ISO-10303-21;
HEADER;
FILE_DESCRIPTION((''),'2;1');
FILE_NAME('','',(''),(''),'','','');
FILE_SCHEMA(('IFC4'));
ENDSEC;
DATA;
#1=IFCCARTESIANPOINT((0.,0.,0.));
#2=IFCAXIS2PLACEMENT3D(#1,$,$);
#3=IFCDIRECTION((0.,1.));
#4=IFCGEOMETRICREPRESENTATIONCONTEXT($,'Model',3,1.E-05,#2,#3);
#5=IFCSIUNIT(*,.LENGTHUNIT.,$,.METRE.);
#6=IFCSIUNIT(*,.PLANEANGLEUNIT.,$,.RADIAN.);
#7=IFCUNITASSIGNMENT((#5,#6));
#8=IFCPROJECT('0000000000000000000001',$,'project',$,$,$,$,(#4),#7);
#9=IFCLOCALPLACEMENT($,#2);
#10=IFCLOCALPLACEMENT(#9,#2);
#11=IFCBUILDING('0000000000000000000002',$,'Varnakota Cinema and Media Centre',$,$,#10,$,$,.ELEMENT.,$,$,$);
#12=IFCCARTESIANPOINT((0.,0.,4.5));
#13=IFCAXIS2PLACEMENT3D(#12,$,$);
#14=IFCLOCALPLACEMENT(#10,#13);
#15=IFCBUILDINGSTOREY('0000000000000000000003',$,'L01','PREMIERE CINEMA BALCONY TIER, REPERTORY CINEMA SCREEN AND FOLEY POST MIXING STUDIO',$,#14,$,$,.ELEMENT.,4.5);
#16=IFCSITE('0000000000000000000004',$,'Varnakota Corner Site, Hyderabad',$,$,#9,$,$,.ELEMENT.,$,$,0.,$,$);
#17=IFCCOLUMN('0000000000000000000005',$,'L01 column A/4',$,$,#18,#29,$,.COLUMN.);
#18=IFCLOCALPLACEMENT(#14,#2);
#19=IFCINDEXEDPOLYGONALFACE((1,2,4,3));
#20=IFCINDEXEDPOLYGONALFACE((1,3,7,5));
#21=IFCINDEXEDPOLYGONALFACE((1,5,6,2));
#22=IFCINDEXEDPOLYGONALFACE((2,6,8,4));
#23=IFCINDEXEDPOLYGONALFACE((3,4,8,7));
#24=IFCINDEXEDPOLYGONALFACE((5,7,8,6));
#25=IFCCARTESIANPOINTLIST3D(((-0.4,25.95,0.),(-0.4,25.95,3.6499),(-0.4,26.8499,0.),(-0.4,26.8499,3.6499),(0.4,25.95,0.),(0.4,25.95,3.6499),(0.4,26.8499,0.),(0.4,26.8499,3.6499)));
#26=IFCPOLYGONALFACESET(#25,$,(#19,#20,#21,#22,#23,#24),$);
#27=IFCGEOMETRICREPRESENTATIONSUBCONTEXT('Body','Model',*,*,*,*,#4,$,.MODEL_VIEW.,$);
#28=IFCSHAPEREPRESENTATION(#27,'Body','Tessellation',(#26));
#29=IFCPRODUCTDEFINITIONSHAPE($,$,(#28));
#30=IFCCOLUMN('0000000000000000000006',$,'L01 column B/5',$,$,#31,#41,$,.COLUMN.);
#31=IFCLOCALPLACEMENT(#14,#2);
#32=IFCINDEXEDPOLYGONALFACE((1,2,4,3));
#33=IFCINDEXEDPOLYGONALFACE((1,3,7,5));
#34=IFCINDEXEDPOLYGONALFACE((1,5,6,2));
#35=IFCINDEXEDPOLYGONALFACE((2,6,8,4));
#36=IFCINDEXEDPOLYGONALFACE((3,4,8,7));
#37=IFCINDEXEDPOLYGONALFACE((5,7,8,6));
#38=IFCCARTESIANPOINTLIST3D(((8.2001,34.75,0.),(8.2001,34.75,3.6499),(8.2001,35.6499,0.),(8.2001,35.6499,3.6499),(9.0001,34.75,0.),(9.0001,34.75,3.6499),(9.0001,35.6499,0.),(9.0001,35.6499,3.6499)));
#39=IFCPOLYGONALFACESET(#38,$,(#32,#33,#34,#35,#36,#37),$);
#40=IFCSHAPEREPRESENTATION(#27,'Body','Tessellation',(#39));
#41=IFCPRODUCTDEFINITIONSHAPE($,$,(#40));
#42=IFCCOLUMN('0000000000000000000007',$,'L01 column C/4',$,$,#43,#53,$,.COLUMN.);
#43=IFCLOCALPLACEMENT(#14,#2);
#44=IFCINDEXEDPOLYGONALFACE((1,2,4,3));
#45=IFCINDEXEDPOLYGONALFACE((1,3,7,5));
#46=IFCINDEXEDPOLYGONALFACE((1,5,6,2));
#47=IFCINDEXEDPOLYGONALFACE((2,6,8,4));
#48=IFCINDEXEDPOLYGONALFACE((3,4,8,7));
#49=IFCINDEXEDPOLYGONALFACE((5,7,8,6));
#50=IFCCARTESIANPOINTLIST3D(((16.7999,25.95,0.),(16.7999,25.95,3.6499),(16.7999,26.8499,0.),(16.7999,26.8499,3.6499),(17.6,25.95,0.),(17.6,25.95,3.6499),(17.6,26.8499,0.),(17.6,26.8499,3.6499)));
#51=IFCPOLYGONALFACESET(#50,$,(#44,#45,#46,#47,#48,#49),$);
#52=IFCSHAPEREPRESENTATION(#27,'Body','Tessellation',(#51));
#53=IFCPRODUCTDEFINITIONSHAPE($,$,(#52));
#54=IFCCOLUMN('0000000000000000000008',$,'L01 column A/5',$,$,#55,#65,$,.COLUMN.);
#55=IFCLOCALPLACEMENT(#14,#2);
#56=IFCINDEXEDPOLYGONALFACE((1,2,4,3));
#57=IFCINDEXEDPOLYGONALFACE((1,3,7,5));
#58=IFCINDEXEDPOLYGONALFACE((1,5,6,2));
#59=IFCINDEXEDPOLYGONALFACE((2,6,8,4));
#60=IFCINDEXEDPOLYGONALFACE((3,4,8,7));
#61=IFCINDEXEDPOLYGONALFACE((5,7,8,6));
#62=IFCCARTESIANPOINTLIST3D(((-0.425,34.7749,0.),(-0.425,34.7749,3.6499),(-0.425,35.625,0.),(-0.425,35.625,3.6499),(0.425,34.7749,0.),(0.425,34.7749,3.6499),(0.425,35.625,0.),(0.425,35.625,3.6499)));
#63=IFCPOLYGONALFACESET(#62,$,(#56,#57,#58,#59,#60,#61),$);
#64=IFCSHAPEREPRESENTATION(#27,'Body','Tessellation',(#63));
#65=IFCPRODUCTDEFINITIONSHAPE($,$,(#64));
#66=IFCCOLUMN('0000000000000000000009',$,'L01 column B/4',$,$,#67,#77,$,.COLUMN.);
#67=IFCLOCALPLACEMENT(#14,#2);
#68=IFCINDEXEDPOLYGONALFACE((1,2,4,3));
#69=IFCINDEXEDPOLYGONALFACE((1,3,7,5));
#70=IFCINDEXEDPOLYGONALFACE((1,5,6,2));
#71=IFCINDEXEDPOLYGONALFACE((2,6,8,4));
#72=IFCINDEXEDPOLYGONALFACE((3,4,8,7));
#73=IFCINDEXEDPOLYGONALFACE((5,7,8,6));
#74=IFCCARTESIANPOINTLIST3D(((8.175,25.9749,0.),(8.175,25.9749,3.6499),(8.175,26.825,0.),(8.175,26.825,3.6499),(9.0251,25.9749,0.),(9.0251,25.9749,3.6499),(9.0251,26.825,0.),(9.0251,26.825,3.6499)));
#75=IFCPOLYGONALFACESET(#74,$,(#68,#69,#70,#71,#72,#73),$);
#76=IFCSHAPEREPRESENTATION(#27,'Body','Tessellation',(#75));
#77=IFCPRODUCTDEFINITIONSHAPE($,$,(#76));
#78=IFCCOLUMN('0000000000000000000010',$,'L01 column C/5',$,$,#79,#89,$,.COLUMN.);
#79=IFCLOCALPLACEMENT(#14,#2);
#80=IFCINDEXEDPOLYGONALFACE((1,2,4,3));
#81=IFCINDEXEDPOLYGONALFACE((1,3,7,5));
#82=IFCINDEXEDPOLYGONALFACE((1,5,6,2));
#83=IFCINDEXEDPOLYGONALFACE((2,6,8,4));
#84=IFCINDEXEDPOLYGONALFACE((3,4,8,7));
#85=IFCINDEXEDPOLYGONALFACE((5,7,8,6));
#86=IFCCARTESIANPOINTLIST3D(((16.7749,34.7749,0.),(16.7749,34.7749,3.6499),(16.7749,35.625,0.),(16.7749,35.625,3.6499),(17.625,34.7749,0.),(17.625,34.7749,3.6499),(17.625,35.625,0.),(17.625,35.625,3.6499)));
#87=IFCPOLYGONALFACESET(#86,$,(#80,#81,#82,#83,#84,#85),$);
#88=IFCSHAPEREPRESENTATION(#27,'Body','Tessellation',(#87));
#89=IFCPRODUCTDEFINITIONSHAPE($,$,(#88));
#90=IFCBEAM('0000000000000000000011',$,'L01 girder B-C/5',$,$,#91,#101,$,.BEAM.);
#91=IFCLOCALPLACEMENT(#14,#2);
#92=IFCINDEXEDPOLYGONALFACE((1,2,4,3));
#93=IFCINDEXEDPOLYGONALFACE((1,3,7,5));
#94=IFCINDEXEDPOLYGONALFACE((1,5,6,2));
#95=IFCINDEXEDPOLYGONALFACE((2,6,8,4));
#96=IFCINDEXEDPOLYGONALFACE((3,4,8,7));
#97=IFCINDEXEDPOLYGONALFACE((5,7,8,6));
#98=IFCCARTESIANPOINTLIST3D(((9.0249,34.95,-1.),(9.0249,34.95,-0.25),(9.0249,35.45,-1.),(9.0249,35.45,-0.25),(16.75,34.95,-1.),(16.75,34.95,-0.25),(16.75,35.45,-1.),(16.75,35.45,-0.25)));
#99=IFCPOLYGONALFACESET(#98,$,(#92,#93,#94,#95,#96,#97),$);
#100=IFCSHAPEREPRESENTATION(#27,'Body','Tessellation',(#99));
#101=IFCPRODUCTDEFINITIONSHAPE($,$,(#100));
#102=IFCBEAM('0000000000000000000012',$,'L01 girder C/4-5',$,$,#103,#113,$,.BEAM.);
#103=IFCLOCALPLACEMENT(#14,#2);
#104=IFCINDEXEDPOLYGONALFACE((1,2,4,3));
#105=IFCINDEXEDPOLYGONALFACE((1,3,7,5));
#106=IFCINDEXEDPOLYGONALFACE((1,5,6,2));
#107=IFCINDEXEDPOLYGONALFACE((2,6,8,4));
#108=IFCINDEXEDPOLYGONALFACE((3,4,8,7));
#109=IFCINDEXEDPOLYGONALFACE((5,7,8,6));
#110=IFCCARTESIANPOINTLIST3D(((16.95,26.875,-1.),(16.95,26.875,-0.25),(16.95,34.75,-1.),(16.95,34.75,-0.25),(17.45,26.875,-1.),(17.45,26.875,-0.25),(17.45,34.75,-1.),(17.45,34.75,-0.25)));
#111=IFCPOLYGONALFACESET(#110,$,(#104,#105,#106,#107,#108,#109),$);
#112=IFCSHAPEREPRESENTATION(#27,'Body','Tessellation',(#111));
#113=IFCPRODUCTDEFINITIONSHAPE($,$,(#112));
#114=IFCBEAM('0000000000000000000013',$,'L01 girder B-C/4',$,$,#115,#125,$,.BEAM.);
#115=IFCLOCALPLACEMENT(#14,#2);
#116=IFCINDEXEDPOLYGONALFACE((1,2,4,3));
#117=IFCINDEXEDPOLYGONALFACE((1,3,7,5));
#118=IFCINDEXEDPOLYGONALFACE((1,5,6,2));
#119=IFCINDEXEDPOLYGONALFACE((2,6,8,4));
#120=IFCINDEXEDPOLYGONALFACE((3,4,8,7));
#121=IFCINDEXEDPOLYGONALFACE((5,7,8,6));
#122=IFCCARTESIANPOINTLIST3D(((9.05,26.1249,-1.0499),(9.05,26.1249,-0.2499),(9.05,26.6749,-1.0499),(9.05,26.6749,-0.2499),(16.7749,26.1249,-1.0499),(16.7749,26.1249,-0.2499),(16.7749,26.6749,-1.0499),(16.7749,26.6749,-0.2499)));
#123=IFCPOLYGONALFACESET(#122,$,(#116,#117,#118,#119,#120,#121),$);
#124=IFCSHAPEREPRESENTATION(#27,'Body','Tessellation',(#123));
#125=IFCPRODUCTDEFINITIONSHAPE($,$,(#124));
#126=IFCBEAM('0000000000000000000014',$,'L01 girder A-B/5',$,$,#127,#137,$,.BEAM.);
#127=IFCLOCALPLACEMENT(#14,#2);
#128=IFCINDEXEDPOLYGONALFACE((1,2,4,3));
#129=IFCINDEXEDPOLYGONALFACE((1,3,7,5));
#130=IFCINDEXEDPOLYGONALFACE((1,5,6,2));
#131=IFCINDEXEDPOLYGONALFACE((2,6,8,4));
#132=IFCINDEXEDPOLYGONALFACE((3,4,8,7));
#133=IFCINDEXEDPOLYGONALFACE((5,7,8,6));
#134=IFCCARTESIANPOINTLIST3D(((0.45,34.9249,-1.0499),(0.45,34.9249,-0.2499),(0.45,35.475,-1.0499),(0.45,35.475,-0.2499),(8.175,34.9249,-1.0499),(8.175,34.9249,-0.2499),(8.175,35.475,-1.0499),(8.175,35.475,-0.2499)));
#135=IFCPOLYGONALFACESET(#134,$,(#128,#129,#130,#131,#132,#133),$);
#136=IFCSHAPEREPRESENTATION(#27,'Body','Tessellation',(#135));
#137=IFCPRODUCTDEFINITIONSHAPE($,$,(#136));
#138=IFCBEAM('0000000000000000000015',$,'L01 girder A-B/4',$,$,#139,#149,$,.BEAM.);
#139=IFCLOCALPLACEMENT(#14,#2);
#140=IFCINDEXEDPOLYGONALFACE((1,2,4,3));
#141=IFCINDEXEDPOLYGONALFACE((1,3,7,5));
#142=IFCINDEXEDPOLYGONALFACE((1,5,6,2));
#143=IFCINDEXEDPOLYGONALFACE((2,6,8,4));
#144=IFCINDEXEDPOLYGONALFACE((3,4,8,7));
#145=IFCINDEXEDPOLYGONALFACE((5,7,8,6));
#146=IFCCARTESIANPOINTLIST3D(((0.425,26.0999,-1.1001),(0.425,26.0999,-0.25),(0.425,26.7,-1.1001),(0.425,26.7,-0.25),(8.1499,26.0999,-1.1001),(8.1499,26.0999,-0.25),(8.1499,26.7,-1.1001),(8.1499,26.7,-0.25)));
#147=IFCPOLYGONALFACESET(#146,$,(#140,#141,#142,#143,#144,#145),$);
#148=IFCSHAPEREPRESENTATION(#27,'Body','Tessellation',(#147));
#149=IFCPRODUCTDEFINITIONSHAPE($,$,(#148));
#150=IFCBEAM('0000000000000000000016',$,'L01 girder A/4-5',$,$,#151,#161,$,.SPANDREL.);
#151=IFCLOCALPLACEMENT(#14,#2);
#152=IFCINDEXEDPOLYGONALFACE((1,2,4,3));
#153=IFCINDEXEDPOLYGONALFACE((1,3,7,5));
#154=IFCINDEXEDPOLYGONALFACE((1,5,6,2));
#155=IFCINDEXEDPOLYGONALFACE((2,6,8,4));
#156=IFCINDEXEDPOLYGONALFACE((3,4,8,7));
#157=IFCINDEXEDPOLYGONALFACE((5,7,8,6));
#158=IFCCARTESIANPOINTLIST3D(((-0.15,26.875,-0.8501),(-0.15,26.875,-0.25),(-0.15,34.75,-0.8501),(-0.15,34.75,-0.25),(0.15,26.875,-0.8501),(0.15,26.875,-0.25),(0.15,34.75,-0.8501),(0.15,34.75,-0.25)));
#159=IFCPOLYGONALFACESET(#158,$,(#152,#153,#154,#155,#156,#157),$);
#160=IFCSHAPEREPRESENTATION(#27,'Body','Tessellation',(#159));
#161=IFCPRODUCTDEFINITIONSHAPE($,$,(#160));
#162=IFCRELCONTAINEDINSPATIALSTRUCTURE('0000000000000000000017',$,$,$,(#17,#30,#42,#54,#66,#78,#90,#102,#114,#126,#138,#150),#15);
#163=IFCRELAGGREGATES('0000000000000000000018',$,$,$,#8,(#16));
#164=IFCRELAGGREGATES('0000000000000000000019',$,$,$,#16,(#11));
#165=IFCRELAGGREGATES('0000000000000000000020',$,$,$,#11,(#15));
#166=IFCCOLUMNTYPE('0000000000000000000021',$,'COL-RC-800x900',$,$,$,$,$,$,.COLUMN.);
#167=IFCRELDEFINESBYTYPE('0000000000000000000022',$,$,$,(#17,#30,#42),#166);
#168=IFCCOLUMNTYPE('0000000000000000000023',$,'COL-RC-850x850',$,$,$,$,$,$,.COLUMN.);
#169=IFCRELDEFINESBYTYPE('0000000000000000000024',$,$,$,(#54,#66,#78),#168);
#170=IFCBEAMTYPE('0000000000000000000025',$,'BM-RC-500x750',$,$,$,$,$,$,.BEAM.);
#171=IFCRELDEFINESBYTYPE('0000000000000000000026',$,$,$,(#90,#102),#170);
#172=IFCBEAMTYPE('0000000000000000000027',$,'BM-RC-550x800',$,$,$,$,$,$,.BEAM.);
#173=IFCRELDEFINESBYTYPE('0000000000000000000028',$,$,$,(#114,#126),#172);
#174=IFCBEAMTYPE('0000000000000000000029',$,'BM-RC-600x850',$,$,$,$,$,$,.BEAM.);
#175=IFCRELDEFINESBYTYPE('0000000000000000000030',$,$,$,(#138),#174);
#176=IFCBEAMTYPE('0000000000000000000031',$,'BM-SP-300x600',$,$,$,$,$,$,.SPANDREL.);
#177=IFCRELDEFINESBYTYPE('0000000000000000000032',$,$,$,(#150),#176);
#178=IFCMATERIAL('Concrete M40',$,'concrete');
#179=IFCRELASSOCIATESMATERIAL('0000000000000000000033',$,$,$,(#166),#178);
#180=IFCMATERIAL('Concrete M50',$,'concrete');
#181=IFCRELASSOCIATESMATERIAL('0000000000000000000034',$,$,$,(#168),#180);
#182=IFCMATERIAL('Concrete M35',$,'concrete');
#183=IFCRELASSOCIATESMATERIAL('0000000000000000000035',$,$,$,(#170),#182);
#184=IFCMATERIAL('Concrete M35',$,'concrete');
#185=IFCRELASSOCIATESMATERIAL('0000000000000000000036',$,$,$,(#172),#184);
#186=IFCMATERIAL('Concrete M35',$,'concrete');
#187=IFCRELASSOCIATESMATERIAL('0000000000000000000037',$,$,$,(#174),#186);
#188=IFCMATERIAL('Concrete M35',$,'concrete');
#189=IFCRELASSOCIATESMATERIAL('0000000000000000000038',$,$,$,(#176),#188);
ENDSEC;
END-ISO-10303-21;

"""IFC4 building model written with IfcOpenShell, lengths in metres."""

from ifc_helpers import new_model, si_unit, direction, frame, origin, origin_2d, place, context, subcontext, project, spatial, rectangle, extrude, material, material_profile, profile_set, type_object, element, save


model = new_model("IFC4")

# Units and contexts
model_context = context("Model", 3, precision=1e-05, world=origin(), true_north=direction((0.0, 1.0)))
body_context = subcontext(model_context, "Body", "Model", "MODEL_VIEW")
ifc_project = project(units=[si_unit("LENGTHUNIT", "METRE"), si_unit("PLANEANGLEUNIT", "RADIAN")], contexts=[model_context])

# Site, building, storey
site_placement = place(None, origin())
site = spatial("IfcSite", under=ifc_project, at=site_placement, Name="Varnakota Corner Site, Hyderabad", CompositionType="ELEMENT", RefElevation=0.0)
building_placement = place(site_placement, origin())
building = spatial("IfcBuilding", under=site, at=building_placement, Name="Varnakota Cinema and Media Centre", CompositionType="ELEMENT")
storey_placement = place(building_placement, frame((0.0, 0.0, 4.5)))
storey = spatial("IfcBuildingStorey", under=building, at=storey_placement, Name="L01", Description="PREMIERE CINEMA BALCONY TIER, REPERTORY CINEMA SCREEN AND FOLEY POST MIXING STUDIO", CompositionType="ELEMENT", Elevation=4.5)

# Columns
ifc_material_1 = material(Name="Concrete M40", Category="concrete")
ifc_material_profile_1 = material_profile(ifc_material_1, rectangle(XDim=0.8, YDim=0.8999, at=origin_2d()), Name="RC 800x900")
ifc_profile_set_1 = profile_set([ifc_material_profile_1], Name="Concrete M40")
column_type_1 = type_object("IfcColumnType", Name="COL-RC-800x900", PredefinedType="COLUMN", material=ifc_profile_set_1)
for number, where, z_axis, x_axis, name in (
    (1, (0.0, 26.3999, 0.0), (0.0, 0.0, 1.0), (1.0, 0.0, 0.0), "L01 column A/4"),
    (2, (8.6001, 35.2, 0.0), (0.0, 0.0, 1.0), (1.0, 0.0, 0.0), "L01 column B/5"),
    (3, (17.2, 26.3999, 0.0), (0.0, 0.0, 1.0), (1.0, 0.0, 0.0), "L01 column C/4"),
):
    element("IfcColumn", number, at=place(storey_placement, frame(where, z_axis=z_axis, x_axis=x_axis)), inside=storey, type_object=column_type_1, Name=name, PredefinedType="COLUMN", context=body_context, shape_type="SweptSolid", body=[
        extrude(rectangle(XDim=0.8, YDim=0.8999, at=origin_2d()), origin(), (0.0, 0.0, 1.0), 3.6499),
    ])
ifc_material_2 = material(Name="Concrete M50", Category="concrete")
ifc_material_profile_2 = material_profile(ifc_material_2, rectangle(XDim=0.8501, YDim=0.8501, at=origin_2d()), Name="RC 850x850")
ifc_profile_set_2 = profile_set([ifc_material_profile_2], Name="Concrete M50")
column_type_2 = type_object("IfcColumnType", Name="COL-RC-850x850", PredefinedType="COLUMN", material=ifc_profile_set_2)
for number, where, z_axis, x_axis, name in (
    (4, (0.0, 35.2, 0.0), (0.0, 0.0, 1.0), (1.0, 0.0, 0.0), "L01 column A/5"),
    (5, (8.6001, 26.3999, 0.0), (0.0, 0.0, 1.0), (1.0, 0.0, 0.0), "L01 column B/4"),
    (6, (17.2, 35.2, 0.0), (0.0, 0.0, 1.0), (1.0, 0.0, 0.0), "L01 column C/5"),
):
    element("IfcColumn", number, at=place(storey_placement, frame(where, z_axis=z_axis, x_axis=x_axis)), inside=storey, type_object=column_type_2, Name=name, PredefinedType="COLUMN", context=body_context, shape_type="SweptSolid", body=[
        extrude(rectangle(XDim=0.8501, YDim=0.8501, at=origin_2d()), origin(), (0.0, 0.0, 1.0), 3.6499),
    ])

# Beams
ifc_material_3 = material(Name="Concrete M35", Category="concrete")
ifc_material_profile_3 = material_profile(ifc_material_3, rectangle(XDim=0.5, YDim=0.75, at=origin_2d()), Name="RCB 500x750")
ifc_profile_set_3 = profile_set([ifc_material_profile_3], Name="Concrete M35")
beam_type_1 = type_object("IfcBeamType", Name="BM-RC-500x750", PredefinedType="BEAM", material=ifc_profile_set_3)
beam_1_placement = place(storey_placement, frame((9.0249, 35.2, -0.625), z_axis=(1.0, 0.0, 0.0), x_axis=(0.0, 1.0, 0.0)))
element("IfcBeam", 7, at=beam_1_placement, inside=storey, type_object=beam_type_1, Name="L01 girder B-C/5", PredefinedType="BEAM", context=body_context, shape_type="SweptSolid", body=[
    extrude(rectangle(XDim=0.5, YDim=0.75, at=origin_2d()), origin(), (0.0, 0.0, 1.0), 7.7251),
])
beam_2_placement = place(storey_placement, frame((17.2, 26.875, -0.625), z_axis=(0.0, 1.0, 0.0), x_axis=(-1.0, 0.0, 0.0)))
element("IfcBeam", 8, at=beam_2_placement, inside=storey, type_object=beam_type_1, Name="L01 girder C/4-5", PredefinedType="BEAM", context=body_context, shape_type="SweptSolid", body=[
    extrude(rectangle(XDim=0.5, YDim=0.75, at=origin_2d()), origin(), (0.0, 0.0, 1.0), 7.875),
])
ifc_material_4 = material(Name="Concrete M35", Category="concrete")
ifc_material_profile_4 = material_profile(ifc_material_4, rectangle(XDim=0.55, YDim=0.8, at=origin_2d()), Name="RCB 550x800")
ifc_profile_set_4 = profile_set([ifc_material_profile_4], Name="Concrete M35")
beam_type_2 = type_object("IfcBeamType", Name="BM-RC-550x800", PredefinedType="BEAM", material=ifc_profile_set_4)
beam_3_placement = place(storey_placement, frame((9.05, 26.3999, -0.6499), z_axis=(1.0, 0.0, 0.0), x_axis=(0.0, 1.0, 0.0)))
element("IfcBeam", 9, at=beam_3_placement, inside=storey, type_object=beam_type_2, Name="L01 girder B-C/4", PredefinedType="BEAM", context=body_context, shape_type="SweptSolid", body=[
    extrude(rectangle(XDim=0.55, YDim=0.8, at=origin_2d()), origin(), (0.0, 0.0, 1.0), 7.7249),
])
beam_4_placement = place(storey_placement, frame((0.45, 35.2, -0.6499), z_axis=(1.0, 0.0, 0.0), x_axis=(0.0, 1.0, 0.0)))
element("IfcBeam", 10, at=beam_4_placement, inside=storey, type_object=beam_type_2, Name="L01 girder A-B/5", PredefinedType="BEAM", context=body_context, shape_type="SweptSolid", body=[
    extrude(rectangle(XDim=0.55, YDim=0.8, at=origin_2d()), origin(), (0.0, 0.0, 1.0), 7.7251),
])
ifc_material_5 = material(Name="Concrete M35", Category="concrete")
ifc_material_profile_5 = material_profile(ifc_material_5, rectangle(XDim=0.6001, YDim=0.8501, at=origin_2d()), Name="RCB 600x850")
ifc_profile_set_5 = profile_set([ifc_material_profile_5], Name="Concrete M35")
beam_type_3 = type_object("IfcBeamType", Name="BM-RC-600x850", PredefinedType="BEAM", material=ifc_profile_set_5)
beam_5_placement = place(storey_placement, frame((0.425, 26.3999, -0.675), z_axis=(1.0, 0.0, 0.0), x_axis=(0.0, 1.0, 0.0)))
element("IfcBeam", 11, at=beam_5_placement, inside=storey, type_object=beam_type_3, Name="L01 girder A-B/4", PredefinedType="BEAM", context=body_context, shape_type="SweptSolid", body=[
    extrude(rectangle(XDim=0.6001, YDim=0.8501, at=origin_2d()), origin(), (0.0, 0.0, 1.0), 7.7249),
])
ifc_material_6 = material(Name="Concrete M35", Category="concrete")
ifc_material_profile_6 = material_profile(ifc_material_6, rectangle(XDim=0.3, YDim=0.6001, at=origin_2d()), Name="RCB 300x600")
ifc_profile_set_6 = profile_set([ifc_material_profile_6], Name="Concrete M35")
beam_type_4 = type_object("IfcBeamType", Name="BM-SP-300x600", PredefinedType="SPANDREL", material=ifc_profile_set_6)
beam_6_placement = place(storey_placement, frame((0.0, 26.875, -0.55), z_axis=(0.0, 1.0, 0.0), x_axis=(-1.0, 0.0, 0.0)))
element("IfcBeam", 12, at=beam_6_placement, inside=storey, type_object=beam_type_4, Name="L01 girder A/4-5", PredefinedType="SPANDREL", context=body_context, shape_type="SweptSolid", body=[
    extrude(rectangle(XDim=0.3, YDim=0.6001, at=origin_2d()), origin(), (0.0, 0.0, 1.0), 7.875),
])

save(model, "model.ifc")
